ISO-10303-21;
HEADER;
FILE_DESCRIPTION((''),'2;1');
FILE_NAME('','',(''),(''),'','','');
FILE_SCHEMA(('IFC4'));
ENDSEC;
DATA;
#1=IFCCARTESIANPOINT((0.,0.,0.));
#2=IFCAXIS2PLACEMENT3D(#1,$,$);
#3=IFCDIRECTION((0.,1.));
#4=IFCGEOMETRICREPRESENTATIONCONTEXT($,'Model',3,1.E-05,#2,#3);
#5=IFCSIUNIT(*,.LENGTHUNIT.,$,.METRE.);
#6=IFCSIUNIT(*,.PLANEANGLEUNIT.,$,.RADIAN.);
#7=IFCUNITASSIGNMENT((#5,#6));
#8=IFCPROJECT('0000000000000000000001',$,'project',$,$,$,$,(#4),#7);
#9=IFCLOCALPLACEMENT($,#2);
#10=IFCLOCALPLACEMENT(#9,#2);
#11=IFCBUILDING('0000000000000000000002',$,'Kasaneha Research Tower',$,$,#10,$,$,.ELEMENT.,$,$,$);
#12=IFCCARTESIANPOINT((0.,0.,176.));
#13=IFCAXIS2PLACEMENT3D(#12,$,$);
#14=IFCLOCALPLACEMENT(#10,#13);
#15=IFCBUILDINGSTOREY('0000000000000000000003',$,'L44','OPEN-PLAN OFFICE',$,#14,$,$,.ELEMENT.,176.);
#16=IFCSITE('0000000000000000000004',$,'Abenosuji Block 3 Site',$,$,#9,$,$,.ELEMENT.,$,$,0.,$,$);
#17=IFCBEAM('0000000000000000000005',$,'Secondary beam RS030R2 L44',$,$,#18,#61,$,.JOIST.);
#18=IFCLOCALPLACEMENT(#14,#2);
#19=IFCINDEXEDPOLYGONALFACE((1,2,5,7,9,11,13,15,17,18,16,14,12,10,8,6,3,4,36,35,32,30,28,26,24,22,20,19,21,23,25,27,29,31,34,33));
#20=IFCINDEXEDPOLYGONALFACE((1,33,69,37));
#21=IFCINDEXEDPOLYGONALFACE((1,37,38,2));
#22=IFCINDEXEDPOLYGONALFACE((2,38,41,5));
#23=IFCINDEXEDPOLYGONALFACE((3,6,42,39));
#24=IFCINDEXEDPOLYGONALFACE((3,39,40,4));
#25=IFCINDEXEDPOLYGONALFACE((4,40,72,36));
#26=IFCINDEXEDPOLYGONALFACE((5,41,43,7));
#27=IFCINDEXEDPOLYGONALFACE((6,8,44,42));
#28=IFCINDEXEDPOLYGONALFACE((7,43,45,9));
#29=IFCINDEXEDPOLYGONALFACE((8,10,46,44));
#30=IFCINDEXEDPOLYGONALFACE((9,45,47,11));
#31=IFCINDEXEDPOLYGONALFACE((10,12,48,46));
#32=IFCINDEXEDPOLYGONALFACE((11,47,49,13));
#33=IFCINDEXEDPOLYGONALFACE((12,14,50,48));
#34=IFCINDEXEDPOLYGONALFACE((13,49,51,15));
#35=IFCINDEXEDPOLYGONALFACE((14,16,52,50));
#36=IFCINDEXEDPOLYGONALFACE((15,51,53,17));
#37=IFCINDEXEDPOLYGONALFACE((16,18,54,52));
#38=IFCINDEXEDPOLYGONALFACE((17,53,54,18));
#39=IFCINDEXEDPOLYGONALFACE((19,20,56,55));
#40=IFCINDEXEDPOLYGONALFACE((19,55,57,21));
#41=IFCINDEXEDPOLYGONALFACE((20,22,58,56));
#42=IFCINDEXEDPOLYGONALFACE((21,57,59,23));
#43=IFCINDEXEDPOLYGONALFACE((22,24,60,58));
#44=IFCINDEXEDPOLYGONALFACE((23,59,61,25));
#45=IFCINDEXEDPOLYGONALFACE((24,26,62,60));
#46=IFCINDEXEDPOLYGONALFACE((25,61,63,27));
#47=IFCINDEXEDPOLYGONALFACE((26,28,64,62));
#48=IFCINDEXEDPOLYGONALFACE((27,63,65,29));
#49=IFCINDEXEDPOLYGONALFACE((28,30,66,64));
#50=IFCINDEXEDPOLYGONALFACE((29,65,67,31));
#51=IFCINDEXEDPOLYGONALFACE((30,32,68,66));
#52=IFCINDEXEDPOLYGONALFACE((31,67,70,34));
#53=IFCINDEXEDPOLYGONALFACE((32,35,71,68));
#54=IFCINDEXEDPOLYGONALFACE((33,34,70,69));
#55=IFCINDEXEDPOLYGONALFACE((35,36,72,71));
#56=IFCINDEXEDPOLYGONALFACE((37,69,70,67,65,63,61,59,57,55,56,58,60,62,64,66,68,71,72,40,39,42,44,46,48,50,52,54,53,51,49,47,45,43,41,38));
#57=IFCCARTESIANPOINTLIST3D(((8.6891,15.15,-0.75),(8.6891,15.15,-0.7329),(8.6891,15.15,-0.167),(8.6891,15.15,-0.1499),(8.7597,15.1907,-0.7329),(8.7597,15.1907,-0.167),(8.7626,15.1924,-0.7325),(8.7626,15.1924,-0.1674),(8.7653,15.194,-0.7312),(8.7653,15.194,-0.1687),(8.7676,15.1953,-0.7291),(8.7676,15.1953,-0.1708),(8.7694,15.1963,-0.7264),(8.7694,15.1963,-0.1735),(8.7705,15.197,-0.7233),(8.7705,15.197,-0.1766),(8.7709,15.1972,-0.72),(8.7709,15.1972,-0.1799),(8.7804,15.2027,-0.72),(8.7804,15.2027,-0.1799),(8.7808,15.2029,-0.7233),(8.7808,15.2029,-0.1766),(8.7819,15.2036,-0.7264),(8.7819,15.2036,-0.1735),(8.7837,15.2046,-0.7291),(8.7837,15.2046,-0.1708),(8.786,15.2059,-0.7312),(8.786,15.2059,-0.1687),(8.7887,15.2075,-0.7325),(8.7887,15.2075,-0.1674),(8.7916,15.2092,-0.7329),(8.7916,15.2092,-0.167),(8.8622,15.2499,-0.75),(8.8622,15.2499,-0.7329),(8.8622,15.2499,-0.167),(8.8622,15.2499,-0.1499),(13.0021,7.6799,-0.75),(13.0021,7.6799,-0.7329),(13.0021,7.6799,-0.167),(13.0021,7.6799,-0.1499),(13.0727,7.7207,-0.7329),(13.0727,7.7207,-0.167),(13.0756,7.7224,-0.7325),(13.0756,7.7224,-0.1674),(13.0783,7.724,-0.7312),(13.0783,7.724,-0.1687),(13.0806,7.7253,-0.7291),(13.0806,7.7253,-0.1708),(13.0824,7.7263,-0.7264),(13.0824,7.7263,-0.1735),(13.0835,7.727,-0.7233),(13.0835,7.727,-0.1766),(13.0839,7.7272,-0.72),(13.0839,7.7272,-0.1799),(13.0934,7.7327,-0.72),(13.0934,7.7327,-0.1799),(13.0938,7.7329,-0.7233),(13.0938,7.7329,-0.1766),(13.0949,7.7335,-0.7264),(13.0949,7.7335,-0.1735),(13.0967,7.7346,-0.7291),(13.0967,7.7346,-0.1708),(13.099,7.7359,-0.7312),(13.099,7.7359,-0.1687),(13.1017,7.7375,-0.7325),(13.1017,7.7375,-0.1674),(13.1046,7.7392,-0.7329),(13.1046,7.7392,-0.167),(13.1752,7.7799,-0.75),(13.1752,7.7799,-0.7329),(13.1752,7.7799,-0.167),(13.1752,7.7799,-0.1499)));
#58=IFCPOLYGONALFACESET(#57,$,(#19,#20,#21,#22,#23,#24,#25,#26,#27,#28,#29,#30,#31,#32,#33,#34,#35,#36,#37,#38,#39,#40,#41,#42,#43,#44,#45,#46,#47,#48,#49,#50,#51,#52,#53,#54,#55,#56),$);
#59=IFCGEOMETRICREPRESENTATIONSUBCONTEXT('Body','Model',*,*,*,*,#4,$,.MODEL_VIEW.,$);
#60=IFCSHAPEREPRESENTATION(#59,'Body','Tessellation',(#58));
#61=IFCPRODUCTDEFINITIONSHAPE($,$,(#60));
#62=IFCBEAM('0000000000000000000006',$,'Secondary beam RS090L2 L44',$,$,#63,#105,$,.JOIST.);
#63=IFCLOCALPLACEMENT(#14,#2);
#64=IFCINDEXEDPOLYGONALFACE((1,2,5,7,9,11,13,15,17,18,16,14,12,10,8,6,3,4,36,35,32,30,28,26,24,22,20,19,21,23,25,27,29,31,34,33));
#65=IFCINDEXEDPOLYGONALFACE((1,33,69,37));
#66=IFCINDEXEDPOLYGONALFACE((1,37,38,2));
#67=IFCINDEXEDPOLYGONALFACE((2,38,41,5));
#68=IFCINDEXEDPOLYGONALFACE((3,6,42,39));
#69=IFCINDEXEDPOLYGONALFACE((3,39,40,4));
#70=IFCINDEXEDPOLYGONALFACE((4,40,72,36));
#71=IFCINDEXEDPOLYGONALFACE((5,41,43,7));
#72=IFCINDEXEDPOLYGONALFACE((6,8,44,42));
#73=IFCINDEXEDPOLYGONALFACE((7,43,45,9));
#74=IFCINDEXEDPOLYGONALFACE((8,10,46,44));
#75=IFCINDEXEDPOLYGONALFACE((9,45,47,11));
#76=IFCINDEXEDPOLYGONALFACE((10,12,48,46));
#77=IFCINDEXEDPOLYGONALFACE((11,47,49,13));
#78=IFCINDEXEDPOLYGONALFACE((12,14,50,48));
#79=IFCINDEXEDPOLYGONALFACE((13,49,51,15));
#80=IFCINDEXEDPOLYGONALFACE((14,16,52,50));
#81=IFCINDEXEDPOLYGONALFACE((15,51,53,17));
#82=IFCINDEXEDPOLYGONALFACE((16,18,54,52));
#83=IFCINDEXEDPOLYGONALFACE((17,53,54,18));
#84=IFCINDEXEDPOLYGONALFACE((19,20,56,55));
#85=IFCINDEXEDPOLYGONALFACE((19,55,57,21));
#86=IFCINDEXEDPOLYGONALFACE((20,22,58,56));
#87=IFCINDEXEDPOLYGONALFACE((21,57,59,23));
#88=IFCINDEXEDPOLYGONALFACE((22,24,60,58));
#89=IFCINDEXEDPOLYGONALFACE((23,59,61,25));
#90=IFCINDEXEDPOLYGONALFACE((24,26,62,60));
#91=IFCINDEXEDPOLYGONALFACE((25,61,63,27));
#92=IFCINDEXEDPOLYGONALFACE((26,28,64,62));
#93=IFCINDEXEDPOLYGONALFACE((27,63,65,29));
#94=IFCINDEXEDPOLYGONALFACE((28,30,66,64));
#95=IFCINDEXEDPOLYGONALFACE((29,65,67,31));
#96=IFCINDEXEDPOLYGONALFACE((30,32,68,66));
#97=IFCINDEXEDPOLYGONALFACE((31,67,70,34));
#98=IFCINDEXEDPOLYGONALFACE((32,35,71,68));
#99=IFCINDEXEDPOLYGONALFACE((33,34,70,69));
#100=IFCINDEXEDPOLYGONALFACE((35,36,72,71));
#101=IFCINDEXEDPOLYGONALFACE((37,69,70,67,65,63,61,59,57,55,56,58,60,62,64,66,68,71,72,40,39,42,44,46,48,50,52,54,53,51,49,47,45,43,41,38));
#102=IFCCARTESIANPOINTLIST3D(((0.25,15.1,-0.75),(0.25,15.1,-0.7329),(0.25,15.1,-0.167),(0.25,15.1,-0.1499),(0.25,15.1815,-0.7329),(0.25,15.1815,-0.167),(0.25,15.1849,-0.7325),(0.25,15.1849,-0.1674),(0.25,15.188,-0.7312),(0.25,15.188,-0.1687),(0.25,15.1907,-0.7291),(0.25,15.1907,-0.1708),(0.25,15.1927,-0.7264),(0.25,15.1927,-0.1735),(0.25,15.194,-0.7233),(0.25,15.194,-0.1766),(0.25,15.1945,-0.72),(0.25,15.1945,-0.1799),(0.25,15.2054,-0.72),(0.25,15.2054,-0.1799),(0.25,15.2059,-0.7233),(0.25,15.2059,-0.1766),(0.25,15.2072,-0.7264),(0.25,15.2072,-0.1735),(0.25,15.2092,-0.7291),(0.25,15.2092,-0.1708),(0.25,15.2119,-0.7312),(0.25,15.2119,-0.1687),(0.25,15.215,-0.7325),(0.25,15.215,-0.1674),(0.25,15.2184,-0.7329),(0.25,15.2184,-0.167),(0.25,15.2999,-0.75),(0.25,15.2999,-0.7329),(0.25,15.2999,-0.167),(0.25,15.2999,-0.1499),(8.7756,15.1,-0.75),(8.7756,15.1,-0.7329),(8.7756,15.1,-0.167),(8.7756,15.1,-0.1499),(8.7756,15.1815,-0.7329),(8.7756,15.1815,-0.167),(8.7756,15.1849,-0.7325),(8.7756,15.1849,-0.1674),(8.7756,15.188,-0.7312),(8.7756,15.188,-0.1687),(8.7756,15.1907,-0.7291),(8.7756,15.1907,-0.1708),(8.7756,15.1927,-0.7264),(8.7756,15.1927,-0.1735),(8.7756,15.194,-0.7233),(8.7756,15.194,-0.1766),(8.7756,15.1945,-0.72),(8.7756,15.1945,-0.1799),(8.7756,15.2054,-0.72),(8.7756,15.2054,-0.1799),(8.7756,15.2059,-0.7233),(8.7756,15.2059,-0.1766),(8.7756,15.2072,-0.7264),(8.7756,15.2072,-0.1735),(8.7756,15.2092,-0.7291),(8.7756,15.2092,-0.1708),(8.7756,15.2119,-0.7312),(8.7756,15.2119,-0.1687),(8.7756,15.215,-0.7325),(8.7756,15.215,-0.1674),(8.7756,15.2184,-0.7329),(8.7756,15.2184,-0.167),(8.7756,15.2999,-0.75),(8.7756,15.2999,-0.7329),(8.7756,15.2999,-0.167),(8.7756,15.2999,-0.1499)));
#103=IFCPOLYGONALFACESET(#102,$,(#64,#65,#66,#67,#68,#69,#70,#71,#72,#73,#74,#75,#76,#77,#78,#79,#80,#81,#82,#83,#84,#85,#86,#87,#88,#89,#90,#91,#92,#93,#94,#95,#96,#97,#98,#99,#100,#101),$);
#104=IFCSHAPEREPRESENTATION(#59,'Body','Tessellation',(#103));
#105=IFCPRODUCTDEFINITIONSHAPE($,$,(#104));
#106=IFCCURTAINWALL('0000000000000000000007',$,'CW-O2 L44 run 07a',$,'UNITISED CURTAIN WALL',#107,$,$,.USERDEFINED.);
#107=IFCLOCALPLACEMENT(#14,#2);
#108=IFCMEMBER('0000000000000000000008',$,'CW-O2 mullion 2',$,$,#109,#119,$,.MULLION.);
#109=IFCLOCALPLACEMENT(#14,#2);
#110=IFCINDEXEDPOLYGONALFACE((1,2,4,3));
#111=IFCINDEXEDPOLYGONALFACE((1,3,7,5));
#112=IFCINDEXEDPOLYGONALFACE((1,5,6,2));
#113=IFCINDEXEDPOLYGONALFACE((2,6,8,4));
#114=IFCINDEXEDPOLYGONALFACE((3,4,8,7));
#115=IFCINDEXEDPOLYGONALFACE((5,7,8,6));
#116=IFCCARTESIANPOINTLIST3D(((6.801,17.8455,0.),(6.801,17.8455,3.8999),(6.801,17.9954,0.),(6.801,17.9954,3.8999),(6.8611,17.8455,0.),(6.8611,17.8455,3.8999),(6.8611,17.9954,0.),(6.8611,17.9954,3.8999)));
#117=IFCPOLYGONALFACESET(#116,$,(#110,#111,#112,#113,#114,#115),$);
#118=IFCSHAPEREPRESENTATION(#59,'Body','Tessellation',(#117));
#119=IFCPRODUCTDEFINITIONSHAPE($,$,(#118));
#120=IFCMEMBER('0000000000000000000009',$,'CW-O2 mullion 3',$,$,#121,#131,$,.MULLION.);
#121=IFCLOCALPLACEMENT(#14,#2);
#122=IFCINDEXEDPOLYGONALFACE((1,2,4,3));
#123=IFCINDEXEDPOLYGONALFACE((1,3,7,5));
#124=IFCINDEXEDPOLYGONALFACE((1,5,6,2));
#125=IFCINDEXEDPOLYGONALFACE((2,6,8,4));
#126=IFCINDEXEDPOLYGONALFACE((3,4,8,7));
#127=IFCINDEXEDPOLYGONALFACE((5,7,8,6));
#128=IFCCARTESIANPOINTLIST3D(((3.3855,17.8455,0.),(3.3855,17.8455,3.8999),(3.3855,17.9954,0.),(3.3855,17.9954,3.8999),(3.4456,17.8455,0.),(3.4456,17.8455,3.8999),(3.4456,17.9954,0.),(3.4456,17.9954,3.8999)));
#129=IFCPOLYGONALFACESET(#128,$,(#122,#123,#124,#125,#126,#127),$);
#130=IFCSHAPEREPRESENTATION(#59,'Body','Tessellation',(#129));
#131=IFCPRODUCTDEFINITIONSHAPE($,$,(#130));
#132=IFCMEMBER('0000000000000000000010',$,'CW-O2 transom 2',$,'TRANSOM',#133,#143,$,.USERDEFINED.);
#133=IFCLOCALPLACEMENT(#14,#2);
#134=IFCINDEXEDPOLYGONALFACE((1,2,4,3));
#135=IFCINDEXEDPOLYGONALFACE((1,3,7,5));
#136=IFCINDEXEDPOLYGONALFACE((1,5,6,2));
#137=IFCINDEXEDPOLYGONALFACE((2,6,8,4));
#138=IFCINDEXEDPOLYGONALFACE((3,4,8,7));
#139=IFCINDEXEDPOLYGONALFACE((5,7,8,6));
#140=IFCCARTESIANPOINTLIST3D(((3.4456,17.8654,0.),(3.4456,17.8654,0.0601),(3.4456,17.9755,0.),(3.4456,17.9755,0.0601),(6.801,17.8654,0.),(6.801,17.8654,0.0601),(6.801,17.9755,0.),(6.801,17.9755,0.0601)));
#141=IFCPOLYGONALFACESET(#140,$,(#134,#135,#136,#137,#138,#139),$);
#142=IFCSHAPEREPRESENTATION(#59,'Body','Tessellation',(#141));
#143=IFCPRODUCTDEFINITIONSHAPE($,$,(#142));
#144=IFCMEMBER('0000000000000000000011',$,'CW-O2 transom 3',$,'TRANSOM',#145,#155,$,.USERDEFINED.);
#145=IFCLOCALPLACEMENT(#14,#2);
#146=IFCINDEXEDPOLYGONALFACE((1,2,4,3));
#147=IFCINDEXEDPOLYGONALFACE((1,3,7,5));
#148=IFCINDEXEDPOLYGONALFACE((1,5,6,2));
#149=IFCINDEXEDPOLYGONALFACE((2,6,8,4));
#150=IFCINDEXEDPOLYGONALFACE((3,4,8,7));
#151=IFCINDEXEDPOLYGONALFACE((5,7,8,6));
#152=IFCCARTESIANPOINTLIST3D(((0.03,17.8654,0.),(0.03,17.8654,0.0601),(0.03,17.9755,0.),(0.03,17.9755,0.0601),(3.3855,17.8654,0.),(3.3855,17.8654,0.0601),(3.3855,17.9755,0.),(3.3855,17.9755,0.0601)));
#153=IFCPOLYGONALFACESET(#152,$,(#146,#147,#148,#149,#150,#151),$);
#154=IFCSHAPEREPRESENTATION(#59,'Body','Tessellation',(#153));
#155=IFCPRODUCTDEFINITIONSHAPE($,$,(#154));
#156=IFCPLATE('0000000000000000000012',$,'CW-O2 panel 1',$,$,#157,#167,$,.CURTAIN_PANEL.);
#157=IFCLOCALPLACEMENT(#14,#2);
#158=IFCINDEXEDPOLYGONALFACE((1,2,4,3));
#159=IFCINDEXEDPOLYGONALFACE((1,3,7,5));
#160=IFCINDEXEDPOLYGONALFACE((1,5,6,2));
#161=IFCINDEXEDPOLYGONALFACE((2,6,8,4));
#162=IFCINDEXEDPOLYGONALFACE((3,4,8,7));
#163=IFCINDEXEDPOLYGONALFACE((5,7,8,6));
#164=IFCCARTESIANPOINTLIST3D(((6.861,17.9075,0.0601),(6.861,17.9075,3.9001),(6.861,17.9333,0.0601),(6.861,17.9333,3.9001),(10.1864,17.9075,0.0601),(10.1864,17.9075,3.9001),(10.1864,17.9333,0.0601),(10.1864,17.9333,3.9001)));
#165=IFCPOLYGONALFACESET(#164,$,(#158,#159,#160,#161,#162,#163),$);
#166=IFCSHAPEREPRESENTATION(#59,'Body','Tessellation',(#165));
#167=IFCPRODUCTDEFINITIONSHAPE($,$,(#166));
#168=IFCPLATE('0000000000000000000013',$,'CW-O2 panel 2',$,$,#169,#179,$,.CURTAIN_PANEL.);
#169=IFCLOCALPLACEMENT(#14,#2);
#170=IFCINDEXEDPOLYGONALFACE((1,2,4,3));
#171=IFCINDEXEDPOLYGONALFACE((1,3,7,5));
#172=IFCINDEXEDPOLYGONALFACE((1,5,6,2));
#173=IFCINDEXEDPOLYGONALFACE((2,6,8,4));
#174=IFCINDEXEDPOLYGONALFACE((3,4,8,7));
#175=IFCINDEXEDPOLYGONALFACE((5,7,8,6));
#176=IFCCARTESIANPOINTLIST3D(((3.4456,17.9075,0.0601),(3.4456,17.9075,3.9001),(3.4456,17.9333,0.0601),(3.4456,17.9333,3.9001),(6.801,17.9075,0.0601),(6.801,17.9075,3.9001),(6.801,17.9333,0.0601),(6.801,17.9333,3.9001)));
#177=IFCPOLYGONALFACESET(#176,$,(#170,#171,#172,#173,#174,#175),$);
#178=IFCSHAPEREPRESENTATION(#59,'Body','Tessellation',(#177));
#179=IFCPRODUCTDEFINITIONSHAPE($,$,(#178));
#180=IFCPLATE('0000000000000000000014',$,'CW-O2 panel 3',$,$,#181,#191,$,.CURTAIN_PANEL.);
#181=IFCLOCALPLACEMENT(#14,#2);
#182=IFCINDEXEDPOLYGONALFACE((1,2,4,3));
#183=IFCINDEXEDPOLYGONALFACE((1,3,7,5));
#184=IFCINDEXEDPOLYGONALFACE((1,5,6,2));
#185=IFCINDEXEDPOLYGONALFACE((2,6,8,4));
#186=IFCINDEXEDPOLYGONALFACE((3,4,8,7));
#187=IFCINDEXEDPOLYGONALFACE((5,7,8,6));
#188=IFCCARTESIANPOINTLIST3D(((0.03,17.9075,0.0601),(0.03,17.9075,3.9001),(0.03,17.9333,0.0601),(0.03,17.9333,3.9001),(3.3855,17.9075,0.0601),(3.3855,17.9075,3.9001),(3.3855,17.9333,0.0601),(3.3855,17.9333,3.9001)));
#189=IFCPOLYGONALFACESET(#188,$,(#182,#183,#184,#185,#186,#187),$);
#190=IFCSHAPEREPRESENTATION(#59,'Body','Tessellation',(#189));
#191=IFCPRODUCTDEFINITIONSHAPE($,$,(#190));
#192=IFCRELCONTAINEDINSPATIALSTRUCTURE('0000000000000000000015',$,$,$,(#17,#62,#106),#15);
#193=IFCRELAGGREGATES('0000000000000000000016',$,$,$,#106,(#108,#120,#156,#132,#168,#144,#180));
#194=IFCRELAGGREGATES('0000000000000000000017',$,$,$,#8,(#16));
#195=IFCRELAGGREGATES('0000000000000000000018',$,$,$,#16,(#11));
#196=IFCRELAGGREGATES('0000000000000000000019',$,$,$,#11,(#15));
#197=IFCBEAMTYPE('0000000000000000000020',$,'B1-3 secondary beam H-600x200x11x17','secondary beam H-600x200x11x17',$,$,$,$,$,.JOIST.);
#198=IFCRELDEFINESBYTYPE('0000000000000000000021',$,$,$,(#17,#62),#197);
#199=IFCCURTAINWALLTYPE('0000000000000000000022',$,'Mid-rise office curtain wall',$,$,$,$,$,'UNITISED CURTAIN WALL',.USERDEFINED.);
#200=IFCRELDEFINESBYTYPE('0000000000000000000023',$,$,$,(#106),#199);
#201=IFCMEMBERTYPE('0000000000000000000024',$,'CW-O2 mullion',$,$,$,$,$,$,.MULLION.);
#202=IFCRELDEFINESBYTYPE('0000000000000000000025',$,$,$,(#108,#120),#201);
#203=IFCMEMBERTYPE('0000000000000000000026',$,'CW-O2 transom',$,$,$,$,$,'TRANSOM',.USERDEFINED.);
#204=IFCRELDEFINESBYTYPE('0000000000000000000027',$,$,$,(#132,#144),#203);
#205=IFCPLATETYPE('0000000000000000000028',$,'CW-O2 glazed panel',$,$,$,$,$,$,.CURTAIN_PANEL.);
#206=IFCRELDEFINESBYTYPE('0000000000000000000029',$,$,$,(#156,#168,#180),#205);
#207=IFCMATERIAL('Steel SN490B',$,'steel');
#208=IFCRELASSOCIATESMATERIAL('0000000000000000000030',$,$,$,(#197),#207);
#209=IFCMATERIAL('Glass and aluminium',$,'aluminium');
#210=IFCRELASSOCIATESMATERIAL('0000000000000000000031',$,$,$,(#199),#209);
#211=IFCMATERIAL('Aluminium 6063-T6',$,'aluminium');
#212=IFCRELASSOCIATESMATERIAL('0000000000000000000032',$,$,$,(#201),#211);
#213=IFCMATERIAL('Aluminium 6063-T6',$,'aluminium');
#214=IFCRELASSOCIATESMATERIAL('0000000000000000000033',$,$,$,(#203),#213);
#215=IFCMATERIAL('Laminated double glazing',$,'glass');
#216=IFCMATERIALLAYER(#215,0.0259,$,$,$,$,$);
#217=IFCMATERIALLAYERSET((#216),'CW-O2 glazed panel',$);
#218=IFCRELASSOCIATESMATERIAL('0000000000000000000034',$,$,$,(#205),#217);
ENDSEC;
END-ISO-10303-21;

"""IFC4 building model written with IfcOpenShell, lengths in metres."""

from ifc_helpers import new_model, si_unit, direction, frame, origin, origin_2d, place, context, subcontext, project, spatial, rectangle, i_section, extrude, material, layer, layer_set, material_profile, profile_set, type_object, element, aggregate, save


model = new_model("IFC4")

# Units and contexts
model_context = context("Model", 3, precision=1e-05, world=origin(), true_north=direction((0.0, 1.0)))
body_context = subcontext(model_context, "Body", "Model", "MODEL_VIEW")
ifc_project = project(units=[si_unit("LENGTHUNIT", "METRE"), si_unit("PLANEANGLEUNIT", "RADIAN")], contexts=[model_context])

# Site, building, storey
site_placement = place(None, origin())
site = spatial("IfcSite", under=ifc_project, at=site_placement, Name="Abenosuji Block 3 Site", CompositionType="ELEMENT", RefElevation=0.0)
building_placement = place(site_placement, origin())
building = spatial("IfcBuilding", under=site, at=building_placement, Name="Kasaneha Research Tower", CompositionType="ELEMENT")
storey_placement = place(building_placement, frame((0.0, 0.0, 176.0)))
storey = spatial("IfcBuildingStorey", under=building, at=storey_placement, Name="L44", Description="OPEN-PLAN OFFICE", CompositionType="ELEMENT", Elevation=176.0)

# Beams
ifc_material_1 = material(Name="Steel SN490B", Category="steel")
ifc_material_profile_1 = material_profile(ifc_material_1, i_section(OverallWidth=0.2, OverallDepth=0.6001, WebThickness=0.011, FlangeThickness=0.0171, FilletRadius=0.0129, at=origin_2d()), Name="H-600x200x11x17")
ifc_profile_set_1 = profile_set([ifc_material_profile_1], Name="Steel SN490B")
beam_type = type_object("IfcBeamType", Name="B1-3 secondary beam H-600x200x11x17", Description="secondary beam H-600x200x11x17", PredefinedType="JOIST", material=ifc_profile_set_1)
beam_1_placement = place(storey_placement, frame((8.7756, 15.2, -0.45), z_axis=(0.500017, -0.866015, 0.0), x_axis=(0.866015, 0.500017, 0.0)))
element("IfcBeam", 1, at=beam_1_placement, inside=storey, type_object=beam_type, Name="Secondary beam RS030R2 L44", PredefinedType="JOIST", context=body_context, shape_type="SweptSolid", body=[
    extrude(i_section(OverallWidth=0.2, OverallDepth=0.6001, WebThickness=0.011, FlangeThickness=0.0171, FilletRadius=0.0129, at=origin_2d()), origin(), (0.0, 0.0, 1.0), 8.6257),
])
beam_2_placement = place(storey_placement, frame((8.7756, 15.2, -0.45), z_axis=(-1.0, 0.0, 0.0), x_axis=(0.0, -1.0, 0.0)))
element("IfcBeam", 2, at=beam_2_placement, inside=storey, type_object=beam_type, Name="Secondary beam RS090L2 L44", PredefinedType="JOIST", context=body_context, shape_type="SweptSolid", body=[
    extrude(i_section(OverallWidth=0.2, OverallDepth=0.6001, WebThickness=0.011, FlangeThickness=0.0171, FilletRadius=0.0129, at=origin_2d()), origin(), (0.0, 0.0, 1.0), 8.5256),
])

# Curtain wall, members, plates
ifc_material_2 = material(Name="Glass and aluminium", Category="aluminium")
curtain_wall_type = type_object("IfcCurtainWallType", Name="Mid-rise office curtain wall", ElementType="UNITISED CURTAIN WALL", PredefinedType="USERDEFINED", material=ifc_material_2)
curtain_wall_placement = place(storey_placement, origin())
curtain_wall = element("IfcCurtainWall", 3, at=curtain_wall_placement, inside=storey, type_object=curtain_wall_type, Name="CW-O2 L44 run 07a", ObjectType="UNITISED CURTAIN WALL", PredefinedType="USERDEFINED")
ifc_material_3 = material(Name="Aluminium 6063-T6", Category="aluminium")
ifc_material_profile_2 = material_profile(ifc_material_3, rectangle(XDim=0.0601, YDim=0.1499, at=origin_2d()), Name="CW-O2 mullion 60x150")
ifc_profile_set_2 = profile_set([ifc_material_profile_2], Name="Aluminium 6063-T6")
member_type_1 = type_object("IfcMemberType", Name="CW-O2 mullion", PredefinedType="MULLION", material=ifc_profile_set_2)
member_1_placement = place(storey_placement, frame((6.8311, 17.9204, 0.0), z_axis=(0.0, 0.0, 1.0), x_axis=(-1.0, 0.0, 0.0)))
member_1 = element("IfcMember", 4, at=member_1_placement, type_object=member_type_1, Name="CW-O2 mullion 2", PredefinedType="MULLION", context=body_context, shape_type="SweptSolid", body=[
    extrude(rectangle(XDim=0.0601, YDim=0.1499, at=origin_2d()), origin(), (0.0, 0.0, 1.0), 3.8999),
])
member_2_placement = place(storey_placement, frame((3.4155, 17.9204, 0.0), z_axis=(0.0, 0.0, 1.0), x_axis=(-1.0, 0.0, 0.0)))
member_2 = element("IfcMember", 5, at=member_2_placement, type_object=member_type_1, Name="CW-O2 mullion 3", PredefinedType="MULLION", context=body_context, shape_type="SweptSolid", body=[
    extrude(rectangle(XDim=0.0601, YDim=0.1499, at=origin_2d()), origin(), (0.0, 0.0, 1.0), 3.8999),
])
ifc_material_4 = material(Name="Aluminium 6063-T6", Category="aluminium")
ifc_material_profile_3 = material_profile(ifc_material_4, rectangle(XDim=0.1101, YDim=0.0601, at=origin_2d()), Name="CW-O2 transom 110x60")
ifc_profile_set_3 = profile_set([ifc_material_profile_3], Name="Aluminium 6063-T6")
member_type_2 = type_object("IfcMemberType", Name="CW-O2 transom", ElementType="TRANSOM", PredefinedType="USERDEFINED", material=ifc_profile_set_3)
member_3_placement = place(storey_placement, frame((6.801, 17.9204, 0.03), z_axis=(-1.0, 0.0, 0.0), x_axis=(0.0, -1.0, 0.0)))
member_3 = element("IfcMember", 6, at=member_3_placement, type_object=member_type_2, Name="CW-O2 transom 2", ObjectType="TRANSOM", PredefinedType="USERDEFINED", context=body_context, shape_type="SweptSolid", body=[
    extrude(rectangle(XDim=0.1101, YDim=0.0601, at=origin_2d()), origin(), (0.0, 0.0, 1.0), 3.3555),
])
member_4_placement = place(storey_placement, frame((3.3855, 17.9204, 0.03), z_axis=(-1.0, 0.0, 0.0), x_axis=(0.0, -1.0, 0.0)))
member_4 = element("IfcMember", 7, at=member_4_placement, type_object=member_type_2, Name="CW-O2 transom 3", ObjectType="TRANSOM", PredefinedType="USERDEFINED", context=body_context, shape_type="SweptSolid", body=[
    extrude(rectangle(XDim=0.1101, YDim=0.0601, at=origin_2d()), origin(), (0.0, 0.0, 1.0), 3.3555),
])
ifc_material_5 = material(Name="Laminated double glazing", Category="glass")
ifc_layer_1 = layer(ifc_material_5, 0.0259)
ifc_layer_set_1 = layer_set([ifc_layer_1], Name="CW-O2 glazed panel")
plate_type = type_object("IfcPlateType", Name="CW-O2 glazed panel", PredefinedType="CURTAIN_PANEL", material=ifc_layer_set_1)
plate_1_placement = place(storey_placement, frame((8.5237, 17.9204, 0.0601), z_axis=(0.0, 0.0, 1.0), x_axis=(-1.0, 0.0, 0.0)))
plate_1 = element("IfcPlate", 8, at=plate_1_placement, type_object=plate_type, Name="CW-O2 panel 1", PredefinedType="CURTAIN_PANEL", context=body_context, shape_type="SweptSolid", body=[
    extrude(rectangle(XDim=3.3254, YDim=0.0259, at=origin_2d()), origin(), (0.0, 0.0, 1.0), 3.8401),
])
plate_2_placement = place(storey_placement, frame((5.1233, 17.9204, 0.0601), z_axis=(0.0, 0.0, 1.0), x_axis=(-1.0, 0.0, 0.0)))
plate_2 = element("IfcPlate", 9, at=plate_2_placement, type_object=plate_type, Name="CW-O2 panel 2", PredefinedType="CURTAIN_PANEL", context=body_context, shape_type="SweptSolid", body=[
    extrude(rectangle(XDim=3.3555, YDim=0.0259, at=origin_2d()), origin(), (0.0, 0.0, 1.0), 3.8401),
])
plate_3_placement = place(storey_placement, frame((1.7078, 17.9204, 0.0601), z_axis=(0.0, 0.0, 1.0), x_axis=(-1.0, 0.0, 0.0)))
plate_3 = element("IfcPlate", 10, at=plate_3_placement, type_object=plate_type, Name="CW-O2 panel 3", PredefinedType="CURTAIN_PANEL", context=body_context, shape_type="SweptSolid", body=[
    extrude(rectangle(XDim=3.3555, YDim=0.0259, at=origin_2d()), origin(), (0.0, 0.0, 1.0), 3.8401),
])
aggregate(curtain_wall, [member_1, member_2, plate_1, member_3, plate_2, member_4, plate_3])

save(model, "model.ifc")
